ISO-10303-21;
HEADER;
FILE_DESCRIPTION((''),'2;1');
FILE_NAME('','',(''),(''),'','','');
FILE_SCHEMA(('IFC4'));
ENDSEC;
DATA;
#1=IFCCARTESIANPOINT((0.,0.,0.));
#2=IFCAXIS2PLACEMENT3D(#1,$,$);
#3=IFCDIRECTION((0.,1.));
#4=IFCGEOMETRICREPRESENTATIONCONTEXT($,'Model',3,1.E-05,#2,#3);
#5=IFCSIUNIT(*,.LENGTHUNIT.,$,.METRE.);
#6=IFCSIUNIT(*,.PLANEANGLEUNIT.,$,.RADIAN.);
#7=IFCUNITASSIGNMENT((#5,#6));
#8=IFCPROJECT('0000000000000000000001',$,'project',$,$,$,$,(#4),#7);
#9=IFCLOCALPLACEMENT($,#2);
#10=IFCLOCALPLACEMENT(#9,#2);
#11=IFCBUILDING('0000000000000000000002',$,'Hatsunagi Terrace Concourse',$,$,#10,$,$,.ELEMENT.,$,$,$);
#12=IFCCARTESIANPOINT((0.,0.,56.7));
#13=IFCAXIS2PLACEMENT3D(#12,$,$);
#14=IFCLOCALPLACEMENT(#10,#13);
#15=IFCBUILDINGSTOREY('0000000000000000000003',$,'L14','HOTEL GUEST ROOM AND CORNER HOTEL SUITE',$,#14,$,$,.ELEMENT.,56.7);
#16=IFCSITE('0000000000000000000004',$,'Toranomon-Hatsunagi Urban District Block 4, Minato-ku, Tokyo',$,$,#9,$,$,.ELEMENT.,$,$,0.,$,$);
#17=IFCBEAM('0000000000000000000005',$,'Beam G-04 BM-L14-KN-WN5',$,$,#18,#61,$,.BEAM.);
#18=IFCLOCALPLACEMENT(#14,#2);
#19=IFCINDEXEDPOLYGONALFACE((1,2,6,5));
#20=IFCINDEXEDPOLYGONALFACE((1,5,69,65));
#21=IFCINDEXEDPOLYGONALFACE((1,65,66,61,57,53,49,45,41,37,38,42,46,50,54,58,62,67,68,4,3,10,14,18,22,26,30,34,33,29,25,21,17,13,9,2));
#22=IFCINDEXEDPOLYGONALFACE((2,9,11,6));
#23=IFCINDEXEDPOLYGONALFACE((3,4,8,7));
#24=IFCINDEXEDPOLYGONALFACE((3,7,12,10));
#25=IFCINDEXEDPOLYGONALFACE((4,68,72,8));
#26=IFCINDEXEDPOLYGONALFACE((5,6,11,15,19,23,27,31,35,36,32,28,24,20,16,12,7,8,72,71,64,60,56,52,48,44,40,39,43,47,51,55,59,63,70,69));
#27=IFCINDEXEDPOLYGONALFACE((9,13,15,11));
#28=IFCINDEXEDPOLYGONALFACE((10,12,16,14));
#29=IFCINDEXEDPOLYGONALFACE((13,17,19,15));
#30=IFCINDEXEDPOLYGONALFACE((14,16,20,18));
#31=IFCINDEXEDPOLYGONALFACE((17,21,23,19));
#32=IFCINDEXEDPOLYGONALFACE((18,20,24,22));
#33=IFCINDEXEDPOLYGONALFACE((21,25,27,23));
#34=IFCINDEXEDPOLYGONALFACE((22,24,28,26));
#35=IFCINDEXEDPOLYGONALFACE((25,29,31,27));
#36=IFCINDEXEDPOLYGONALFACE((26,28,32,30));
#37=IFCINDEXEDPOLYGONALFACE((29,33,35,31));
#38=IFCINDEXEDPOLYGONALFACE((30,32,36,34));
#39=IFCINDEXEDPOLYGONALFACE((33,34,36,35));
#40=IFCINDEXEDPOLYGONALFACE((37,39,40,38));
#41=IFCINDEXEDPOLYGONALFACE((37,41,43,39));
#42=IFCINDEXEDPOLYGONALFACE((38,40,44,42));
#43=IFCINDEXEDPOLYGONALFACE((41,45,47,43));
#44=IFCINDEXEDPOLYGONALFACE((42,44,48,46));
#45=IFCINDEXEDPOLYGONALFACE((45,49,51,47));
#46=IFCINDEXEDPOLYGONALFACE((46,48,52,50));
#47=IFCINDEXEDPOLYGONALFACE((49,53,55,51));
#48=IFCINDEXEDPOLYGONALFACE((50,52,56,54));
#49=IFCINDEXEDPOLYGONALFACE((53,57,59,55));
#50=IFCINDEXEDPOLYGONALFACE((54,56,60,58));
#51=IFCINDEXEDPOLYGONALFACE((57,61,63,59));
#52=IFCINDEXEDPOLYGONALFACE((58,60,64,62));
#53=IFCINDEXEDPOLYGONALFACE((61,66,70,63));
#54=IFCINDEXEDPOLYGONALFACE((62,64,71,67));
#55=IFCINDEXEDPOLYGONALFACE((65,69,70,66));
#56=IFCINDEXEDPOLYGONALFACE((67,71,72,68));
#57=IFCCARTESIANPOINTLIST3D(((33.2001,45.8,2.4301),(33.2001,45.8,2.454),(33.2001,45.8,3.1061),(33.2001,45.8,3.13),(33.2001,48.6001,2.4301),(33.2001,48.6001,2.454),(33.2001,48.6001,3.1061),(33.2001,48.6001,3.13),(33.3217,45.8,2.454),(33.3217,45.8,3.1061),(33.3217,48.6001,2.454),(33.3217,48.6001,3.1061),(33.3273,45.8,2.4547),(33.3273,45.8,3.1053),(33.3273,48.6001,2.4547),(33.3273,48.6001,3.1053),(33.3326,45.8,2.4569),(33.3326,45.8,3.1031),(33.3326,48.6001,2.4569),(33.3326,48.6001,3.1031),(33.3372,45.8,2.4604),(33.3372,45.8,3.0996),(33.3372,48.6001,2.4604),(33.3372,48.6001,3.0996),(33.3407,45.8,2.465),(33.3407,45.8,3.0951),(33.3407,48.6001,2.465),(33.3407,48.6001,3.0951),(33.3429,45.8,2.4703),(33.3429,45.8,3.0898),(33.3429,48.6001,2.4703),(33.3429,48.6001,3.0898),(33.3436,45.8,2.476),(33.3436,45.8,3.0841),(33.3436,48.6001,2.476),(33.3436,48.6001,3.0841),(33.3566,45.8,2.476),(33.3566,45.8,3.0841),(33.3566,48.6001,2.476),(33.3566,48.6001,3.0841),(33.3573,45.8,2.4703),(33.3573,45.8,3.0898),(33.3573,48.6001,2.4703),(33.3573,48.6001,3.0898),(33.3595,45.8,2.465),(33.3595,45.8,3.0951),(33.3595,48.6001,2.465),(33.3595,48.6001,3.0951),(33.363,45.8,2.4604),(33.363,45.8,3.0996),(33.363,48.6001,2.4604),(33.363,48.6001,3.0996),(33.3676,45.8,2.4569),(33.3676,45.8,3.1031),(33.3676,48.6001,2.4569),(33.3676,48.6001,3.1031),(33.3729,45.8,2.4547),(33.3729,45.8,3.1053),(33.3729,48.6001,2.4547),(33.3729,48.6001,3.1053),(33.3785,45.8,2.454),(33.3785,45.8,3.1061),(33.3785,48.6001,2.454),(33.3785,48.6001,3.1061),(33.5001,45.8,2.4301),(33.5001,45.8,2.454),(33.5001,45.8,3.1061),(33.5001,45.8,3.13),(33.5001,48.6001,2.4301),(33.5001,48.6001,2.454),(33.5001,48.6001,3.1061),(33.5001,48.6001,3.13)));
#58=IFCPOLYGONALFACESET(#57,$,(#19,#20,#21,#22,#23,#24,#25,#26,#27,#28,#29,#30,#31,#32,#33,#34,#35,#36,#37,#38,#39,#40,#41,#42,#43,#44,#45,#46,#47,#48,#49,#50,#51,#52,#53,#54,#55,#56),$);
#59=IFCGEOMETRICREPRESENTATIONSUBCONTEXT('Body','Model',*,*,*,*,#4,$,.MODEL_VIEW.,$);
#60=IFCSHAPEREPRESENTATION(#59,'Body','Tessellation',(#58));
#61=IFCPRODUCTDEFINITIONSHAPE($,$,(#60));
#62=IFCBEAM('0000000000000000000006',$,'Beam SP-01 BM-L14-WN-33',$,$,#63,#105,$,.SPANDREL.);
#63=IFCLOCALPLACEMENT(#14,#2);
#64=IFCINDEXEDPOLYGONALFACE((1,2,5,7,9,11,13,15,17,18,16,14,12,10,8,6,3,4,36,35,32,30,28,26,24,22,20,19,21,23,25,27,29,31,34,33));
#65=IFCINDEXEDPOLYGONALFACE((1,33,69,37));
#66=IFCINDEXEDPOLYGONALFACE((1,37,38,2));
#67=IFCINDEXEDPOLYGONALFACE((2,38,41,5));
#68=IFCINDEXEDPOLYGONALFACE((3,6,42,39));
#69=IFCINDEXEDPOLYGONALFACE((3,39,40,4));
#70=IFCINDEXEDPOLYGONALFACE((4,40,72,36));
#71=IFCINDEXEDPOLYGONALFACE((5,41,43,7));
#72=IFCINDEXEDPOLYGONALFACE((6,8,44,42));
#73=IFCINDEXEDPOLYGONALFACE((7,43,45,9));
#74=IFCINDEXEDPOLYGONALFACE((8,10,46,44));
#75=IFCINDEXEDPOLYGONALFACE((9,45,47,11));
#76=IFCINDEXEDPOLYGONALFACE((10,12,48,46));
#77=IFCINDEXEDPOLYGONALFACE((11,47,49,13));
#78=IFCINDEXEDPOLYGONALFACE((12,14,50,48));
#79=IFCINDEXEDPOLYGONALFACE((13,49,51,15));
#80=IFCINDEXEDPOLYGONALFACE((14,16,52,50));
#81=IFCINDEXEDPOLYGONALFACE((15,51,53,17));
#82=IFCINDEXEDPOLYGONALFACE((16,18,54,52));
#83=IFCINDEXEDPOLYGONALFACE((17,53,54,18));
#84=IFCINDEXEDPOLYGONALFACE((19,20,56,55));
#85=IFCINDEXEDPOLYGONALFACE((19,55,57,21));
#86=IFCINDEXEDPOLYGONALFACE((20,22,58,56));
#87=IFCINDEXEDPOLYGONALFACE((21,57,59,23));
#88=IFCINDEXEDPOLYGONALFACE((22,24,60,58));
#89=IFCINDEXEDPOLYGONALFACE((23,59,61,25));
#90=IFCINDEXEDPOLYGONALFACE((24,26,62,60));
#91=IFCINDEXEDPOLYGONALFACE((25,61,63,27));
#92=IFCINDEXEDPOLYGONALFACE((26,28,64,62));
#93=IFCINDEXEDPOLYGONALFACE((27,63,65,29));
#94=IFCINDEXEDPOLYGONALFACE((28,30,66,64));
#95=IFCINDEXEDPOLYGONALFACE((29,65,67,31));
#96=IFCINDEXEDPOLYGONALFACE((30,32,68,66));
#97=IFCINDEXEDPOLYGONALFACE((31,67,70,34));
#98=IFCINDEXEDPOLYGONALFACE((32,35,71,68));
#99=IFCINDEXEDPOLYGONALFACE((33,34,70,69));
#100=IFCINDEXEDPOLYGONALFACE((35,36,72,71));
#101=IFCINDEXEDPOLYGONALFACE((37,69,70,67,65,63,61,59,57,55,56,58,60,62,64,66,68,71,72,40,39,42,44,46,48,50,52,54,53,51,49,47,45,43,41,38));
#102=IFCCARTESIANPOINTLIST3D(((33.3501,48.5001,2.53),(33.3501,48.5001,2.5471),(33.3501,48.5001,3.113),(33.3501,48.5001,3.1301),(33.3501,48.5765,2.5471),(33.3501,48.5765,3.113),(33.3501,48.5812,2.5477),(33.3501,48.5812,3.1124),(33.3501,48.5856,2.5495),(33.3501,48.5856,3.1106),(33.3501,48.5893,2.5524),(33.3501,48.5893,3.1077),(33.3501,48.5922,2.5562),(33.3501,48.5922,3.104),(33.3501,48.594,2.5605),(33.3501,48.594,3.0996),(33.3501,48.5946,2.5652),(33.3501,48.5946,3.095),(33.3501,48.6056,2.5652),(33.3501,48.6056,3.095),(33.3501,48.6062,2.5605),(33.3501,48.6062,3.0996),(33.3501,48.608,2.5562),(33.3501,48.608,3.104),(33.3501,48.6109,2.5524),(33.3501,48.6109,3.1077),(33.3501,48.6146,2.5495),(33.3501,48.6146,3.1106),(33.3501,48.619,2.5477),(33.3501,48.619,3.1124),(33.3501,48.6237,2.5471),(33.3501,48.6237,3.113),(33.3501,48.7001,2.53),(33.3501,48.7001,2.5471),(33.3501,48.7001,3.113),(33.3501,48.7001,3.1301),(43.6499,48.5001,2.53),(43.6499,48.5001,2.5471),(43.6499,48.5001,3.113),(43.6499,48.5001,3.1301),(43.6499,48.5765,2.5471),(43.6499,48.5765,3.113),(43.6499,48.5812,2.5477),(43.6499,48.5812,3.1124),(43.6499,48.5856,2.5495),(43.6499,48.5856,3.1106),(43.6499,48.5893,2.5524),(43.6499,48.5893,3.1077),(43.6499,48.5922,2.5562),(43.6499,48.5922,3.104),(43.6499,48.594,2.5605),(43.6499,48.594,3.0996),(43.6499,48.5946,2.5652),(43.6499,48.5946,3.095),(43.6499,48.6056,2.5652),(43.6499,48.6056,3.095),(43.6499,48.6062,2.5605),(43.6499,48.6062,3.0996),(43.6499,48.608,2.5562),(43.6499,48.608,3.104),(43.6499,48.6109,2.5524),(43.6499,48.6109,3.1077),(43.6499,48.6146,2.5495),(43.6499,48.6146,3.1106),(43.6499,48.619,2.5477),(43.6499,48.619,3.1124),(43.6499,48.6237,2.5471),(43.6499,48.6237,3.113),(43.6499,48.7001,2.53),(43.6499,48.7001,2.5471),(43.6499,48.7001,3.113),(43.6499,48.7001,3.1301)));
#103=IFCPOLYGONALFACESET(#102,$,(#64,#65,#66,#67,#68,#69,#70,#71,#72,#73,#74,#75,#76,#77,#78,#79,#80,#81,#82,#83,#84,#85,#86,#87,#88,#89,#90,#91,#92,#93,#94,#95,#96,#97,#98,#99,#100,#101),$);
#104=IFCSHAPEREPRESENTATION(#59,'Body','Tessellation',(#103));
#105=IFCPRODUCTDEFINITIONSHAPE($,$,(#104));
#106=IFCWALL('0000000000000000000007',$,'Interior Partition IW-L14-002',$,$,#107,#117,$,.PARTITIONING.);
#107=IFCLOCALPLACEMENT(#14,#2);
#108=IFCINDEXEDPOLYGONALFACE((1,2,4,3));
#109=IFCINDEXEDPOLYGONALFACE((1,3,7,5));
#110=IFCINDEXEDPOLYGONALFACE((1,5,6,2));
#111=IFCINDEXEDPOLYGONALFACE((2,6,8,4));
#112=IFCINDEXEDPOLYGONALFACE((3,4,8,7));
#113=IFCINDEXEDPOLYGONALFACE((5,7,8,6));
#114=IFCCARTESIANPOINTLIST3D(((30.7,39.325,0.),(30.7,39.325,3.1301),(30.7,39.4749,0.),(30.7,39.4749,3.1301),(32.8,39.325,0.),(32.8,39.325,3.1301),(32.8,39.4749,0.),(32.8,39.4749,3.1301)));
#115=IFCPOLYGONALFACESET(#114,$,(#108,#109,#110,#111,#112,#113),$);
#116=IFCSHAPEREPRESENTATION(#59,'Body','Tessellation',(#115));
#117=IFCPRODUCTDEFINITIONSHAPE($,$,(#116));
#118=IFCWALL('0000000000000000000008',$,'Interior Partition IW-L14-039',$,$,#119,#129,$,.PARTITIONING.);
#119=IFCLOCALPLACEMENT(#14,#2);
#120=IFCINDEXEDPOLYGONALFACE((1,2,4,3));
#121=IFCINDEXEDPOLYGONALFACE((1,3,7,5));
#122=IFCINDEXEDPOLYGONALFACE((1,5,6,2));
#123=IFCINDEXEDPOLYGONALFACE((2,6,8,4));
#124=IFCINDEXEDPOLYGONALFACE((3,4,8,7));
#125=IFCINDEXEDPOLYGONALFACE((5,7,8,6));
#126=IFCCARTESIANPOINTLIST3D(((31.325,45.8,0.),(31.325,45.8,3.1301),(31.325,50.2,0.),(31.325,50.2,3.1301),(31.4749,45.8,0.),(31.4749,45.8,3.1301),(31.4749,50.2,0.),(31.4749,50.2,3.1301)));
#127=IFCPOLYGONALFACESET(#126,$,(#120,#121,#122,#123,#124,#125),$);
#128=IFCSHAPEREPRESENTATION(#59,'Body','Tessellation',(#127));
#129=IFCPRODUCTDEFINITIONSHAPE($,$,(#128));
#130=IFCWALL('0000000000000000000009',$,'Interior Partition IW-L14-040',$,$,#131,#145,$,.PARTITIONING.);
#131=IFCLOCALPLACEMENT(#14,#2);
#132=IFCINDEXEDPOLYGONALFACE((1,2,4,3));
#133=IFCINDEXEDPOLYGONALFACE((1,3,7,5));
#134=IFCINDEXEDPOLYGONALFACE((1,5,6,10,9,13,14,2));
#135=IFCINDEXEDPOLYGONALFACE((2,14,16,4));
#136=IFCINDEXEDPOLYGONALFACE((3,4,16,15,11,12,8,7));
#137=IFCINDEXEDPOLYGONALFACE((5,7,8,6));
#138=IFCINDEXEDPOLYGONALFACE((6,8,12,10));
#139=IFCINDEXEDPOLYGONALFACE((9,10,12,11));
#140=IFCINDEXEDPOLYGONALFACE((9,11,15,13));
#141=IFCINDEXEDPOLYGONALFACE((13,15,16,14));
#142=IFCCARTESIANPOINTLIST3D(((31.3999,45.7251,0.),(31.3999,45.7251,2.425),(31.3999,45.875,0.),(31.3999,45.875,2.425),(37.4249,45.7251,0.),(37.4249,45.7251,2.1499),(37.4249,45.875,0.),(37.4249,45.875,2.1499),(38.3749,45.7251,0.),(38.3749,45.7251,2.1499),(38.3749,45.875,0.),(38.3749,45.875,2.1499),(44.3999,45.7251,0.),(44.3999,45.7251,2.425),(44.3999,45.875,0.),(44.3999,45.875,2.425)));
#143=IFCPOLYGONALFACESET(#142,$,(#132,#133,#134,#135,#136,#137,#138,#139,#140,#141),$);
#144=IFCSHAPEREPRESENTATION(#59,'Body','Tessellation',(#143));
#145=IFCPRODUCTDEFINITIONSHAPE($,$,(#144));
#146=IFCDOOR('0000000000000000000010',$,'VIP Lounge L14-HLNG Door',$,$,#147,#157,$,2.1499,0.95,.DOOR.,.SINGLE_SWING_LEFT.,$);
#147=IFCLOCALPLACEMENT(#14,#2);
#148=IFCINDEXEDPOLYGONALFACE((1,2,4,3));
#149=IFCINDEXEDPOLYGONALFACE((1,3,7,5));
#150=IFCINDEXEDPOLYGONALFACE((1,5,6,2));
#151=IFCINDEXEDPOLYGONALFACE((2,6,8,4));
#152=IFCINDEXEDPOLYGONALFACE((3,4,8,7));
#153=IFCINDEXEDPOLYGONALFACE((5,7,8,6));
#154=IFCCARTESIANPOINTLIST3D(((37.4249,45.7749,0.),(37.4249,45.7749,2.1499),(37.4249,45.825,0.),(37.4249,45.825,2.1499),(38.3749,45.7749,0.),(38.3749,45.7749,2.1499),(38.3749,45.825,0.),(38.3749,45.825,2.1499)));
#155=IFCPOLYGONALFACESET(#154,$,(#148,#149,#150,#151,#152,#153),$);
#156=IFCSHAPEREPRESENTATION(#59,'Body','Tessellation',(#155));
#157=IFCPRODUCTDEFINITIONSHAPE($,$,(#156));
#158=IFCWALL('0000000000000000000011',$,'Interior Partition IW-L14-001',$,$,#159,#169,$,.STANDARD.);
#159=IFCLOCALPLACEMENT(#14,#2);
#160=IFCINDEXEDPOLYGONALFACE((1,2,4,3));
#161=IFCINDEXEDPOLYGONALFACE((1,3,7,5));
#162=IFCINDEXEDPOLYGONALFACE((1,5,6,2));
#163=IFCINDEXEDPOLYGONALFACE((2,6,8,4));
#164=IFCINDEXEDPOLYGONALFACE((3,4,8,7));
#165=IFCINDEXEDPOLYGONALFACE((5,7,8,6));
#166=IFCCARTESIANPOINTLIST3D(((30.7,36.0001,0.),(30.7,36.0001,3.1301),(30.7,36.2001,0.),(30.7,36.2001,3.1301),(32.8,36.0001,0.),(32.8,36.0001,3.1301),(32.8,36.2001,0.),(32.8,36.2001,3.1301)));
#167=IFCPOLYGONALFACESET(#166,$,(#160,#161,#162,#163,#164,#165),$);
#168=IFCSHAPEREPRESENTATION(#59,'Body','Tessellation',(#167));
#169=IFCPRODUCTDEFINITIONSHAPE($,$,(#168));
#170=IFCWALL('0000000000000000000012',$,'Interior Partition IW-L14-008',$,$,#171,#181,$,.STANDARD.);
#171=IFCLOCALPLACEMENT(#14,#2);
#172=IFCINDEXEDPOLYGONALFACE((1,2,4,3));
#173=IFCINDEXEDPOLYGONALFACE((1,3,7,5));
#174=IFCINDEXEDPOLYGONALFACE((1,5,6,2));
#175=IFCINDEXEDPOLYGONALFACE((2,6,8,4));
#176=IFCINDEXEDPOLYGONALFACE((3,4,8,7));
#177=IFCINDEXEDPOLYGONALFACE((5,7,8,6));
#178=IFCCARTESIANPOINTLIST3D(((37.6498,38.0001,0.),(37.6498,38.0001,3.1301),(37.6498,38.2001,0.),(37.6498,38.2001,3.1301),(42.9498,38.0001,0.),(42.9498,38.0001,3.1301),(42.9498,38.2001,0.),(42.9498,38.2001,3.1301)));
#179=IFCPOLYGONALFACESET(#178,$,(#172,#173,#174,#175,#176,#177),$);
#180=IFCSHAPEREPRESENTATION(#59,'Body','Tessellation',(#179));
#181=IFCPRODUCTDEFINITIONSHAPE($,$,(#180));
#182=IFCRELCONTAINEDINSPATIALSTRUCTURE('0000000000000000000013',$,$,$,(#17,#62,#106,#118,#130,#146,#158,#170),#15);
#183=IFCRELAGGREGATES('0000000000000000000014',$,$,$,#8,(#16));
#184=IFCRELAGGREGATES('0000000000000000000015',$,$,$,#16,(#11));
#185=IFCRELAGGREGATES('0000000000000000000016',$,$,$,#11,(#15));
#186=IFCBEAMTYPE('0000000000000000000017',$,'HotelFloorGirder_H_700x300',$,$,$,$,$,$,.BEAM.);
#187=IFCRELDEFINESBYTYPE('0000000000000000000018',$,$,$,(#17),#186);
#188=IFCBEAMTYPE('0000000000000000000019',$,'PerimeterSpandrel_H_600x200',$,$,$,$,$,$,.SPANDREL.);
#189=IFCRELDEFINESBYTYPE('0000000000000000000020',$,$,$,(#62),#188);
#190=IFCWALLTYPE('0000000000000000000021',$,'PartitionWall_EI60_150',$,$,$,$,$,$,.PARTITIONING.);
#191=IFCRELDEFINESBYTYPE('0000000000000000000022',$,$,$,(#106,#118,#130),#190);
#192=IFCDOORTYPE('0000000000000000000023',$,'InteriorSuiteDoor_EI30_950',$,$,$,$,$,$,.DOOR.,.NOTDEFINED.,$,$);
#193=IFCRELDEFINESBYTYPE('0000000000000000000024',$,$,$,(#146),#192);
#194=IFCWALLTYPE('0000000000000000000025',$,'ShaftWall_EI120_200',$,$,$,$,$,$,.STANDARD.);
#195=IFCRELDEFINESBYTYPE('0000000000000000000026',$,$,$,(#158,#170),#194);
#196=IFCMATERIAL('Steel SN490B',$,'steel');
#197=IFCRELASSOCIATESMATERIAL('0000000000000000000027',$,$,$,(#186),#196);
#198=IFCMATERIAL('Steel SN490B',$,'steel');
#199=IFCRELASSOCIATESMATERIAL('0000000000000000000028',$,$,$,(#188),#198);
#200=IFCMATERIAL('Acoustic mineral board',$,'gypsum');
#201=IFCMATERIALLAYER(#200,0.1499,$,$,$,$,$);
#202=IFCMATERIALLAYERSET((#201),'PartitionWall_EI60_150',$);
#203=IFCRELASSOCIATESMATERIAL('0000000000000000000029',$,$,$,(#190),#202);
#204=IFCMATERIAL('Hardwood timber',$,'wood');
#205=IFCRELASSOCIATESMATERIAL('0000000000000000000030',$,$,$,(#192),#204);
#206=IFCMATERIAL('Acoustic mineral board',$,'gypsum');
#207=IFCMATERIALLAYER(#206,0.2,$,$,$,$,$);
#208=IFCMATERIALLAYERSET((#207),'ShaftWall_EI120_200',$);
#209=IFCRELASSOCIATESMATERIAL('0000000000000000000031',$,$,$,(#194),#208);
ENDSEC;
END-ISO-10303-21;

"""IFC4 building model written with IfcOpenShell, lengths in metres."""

from ifc_helpers import new_model, si_unit, direction, frame, frame_2d, origin, origin_2d, place, context, subcontext, project, spatial, rectangle, i_section, extrude, material, layer, layer_set, material_profile, profile_set, type_object, element, fill, save


model = new_model("IFC4")

# Units and contexts
model_context = context("Model", 3, precision=1e-05, world=origin(), true_north=direction((0.0, 1.0)))
body_context = subcontext(model_context, "Body", "Model", "MODEL_VIEW")
ifc_project = project(units=[si_unit("LENGTHUNIT", "METRE"), si_unit("PLANEANGLEUNIT", "RADIAN")], contexts=[model_context])

# Site, building, storey
site_placement = place(None, origin())
site = spatial("IfcSite", under=ifc_project, at=site_placement, Name="Toranomon-Hatsunagi Urban District Block 4, Minato-ku, Tokyo", CompositionType="ELEMENT", RefElevation=0.0)
building_placement = place(site_placement, origin())
building = spatial("IfcBuilding", under=site, at=building_placement, Name="Hatsunagi Terrace Concourse", CompositionType="ELEMENT")
storey_placement = place(building_placement, frame((0.0, 0.0, 56.7)))
storey = spatial("IfcBuildingStorey", under=building, at=storey_placement, Name="L14", Description="HOTEL GUEST ROOM AND CORNER HOTEL SUITE", CompositionType="ELEMENT", Elevation=56.7)

# Beams
ifc_material_1 = material(Name="Steel SN490B", Category="steel")
ifc_material_profile_1 = material_profile(ifc_material_1, i_section(OverallWidth=0.3, OverallDepth=0.7, WebThickness=0.0129, FlangeThickness=0.0239, FilletRadius=0.022, at=origin_2d()), Name="H-700x300x13x24")
ifc_profile_set_1 = profile_set([ifc_material_profile_1], Name="Steel SN490B")
beam_type_1 = type_object("IfcBeamType", Name="HotelFloorGirder_H_700x300", PredefinedType="BEAM", material=ifc_profile_set_1)
beam_1_placement = place(storey_placement, frame((33.3501, 45.8, 2.78), z_axis=(0.0, 1.0, 0.0), x_axis=(-1.0, 0.0, 0.0)))
element("IfcBeam", 1, at=beam_1_placement, inside=storey, type_object=beam_type_1, Name="Beam G-04 BM-L14-KN-WN5", PredefinedType="BEAM", context=body_context, shape_type="SweptSolid", body=[
    extrude(i_section(OverallWidth=0.3, OverallDepth=0.7, WebThickness=0.0129, FlangeThickness=0.0239, FilletRadius=0.022, at=origin_2d()), origin(), (0.0, 0.0, 1.0), 2.8),
])
ifc_material_2 = material(Name="Steel SN490B", Category="steel")
ifc_material_profile_2 = material_profile(ifc_material_2, i_section(OverallWidth=0.2, OverallDepth=0.6001, WebThickness=0.011, FlangeThickness=0.0171, FilletRadius=0.0181, at=origin_2d()), Name="H-600x200x11x17")
ifc_profile_set_2 = profile_set([ifc_material_profile_2], Name="Steel SN490B")
beam_type_2 = type_object("IfcBeamType", Name="PerimeterSpandrel_H_600x200", PredefinedType="SPANDREL", material=ifc_profile_set_2)
beam_2_placement = place(storey_placement, frame((33.3501, 48.6001, 2.8301), z_axis=(1.0, 0.0, 0.0), x_axis=(0.0, 1.0, 0.0)))
element("IfcBeam", 2, at=beam_2_placement, inside=storey, type_object=beam_type_2, Name="Beam SP-01 BM-L14-WN-33", PredefinedType="SPANDREL", context=body_context, shape_type="SweptSolid", body=[
    extrude(i_section(OverallWidth=0.2, OverallDepth=0.6001, WebThickness=0.011, FlangeThickness=0.0171, FilletRadius=0.0181, at=origin_2d()), origin(), (0.0, 0.0, 1.0), 10.2998),
])

# Walls
ifc_material_3 = material(Name="Acoustic mineral board", Category="gypsum")
ifc_layer_1 = layer(ifc_material_3, 0.1499)
ifc_layer_set_1 = layer_set([ifc_layer_1], Name="PartitionWall_EI60_150")
wall_type_1 = type_object("IfcWallType", Name="PartitionWall_EI60_150", PredefinedType="PARTITIONING", material=ifc_layer_set_1)
wall_1_placement = place(storey_placement, frame((30.7, 39.3999, 0.0), z_axis=(0.0, 0.0, 1.0), x_axis=(1.0, 0.0, 0.0)))
element("IfcWall", 3, at=wall_1_placement, inside=storey, type_object=wall_type_1, Name="Interior Partition IW-L14-002", PredefinedType="PARTITIONING", context=body_context, shape_type="SweptSolid", body=[
    extrude(rectangle(XDim=2.1001, YDim=0.1499, at=frame_2d((1.05, 0.0))), origin(), (0.0, 0.0, 1.0), 3.1301),
])
wall_2_placement = place(storey_placement, frame((31.3999, 45.8, 0.0), z_axis=(0.0, 0.0, 1.0), x_axis=(0.0, 1.0, 0.0)))
element("IfcWall", 4, at=wall_2_placement, inside=storey, type_object=wall_type_1, Name="Interior Partition IW-L14-039", PredefinedType="PARTITIONING", context=body_context, shape_type="SweptSolid", body=[
    extrude(rectangle(XDim=4.3999, YDim=0.1499, at=frame_2d((2.2, 0.0))), origin(), (0.0, 0.0, 1.0), 3.1301),
])

# Wall, opening, door
wall_3_placement = place(storey_placement, frame((31.3999, 45.8, 0.0), z_axis=(0.0, 0.0, 1.0), x_axis=(1.0, 0.0, 0.0)))
wall_3 = element("IfcWall", 5, at=wall_3_placement, inside=storey, type_object=wall_type_1, Name="Interior Partition IW-L14-040", PredefinedType="PARTITIONING", context=body_context, shape_type="SweptSolid", body=[
    extrude(rectangle(XDim=13.0, YDim=0.1499, at=frame_2d((6.5, 0.0))), origin(), (0.0, 0.0, 1.0), 2.425),
])
opening_1_placement = place(wall_3_placement, frame((6.0249, 0.0, 0.0)))
opening_1 = element("IfcOpeningElement", 6, at=opening_1_placement, cuts=wall_3, PredefinedType="OPENING", context=body_context, shape_type="SweptSolid", body=[
    extrude(rectangle(XDim=0.95, YDim=2.1499, at=frame_2d((0.4751, 1.075))), frame((0.0, 0.085, 0.0), z_axis=(0.0, -1.0, 0.0), x_axis=(1.0, 0.0, 0.0)), (0.0, 0.0, 1.0), 0.1699),
])
ifc_material_4 = material(Name="Hardwood timber", Category="wood")
door_type_1 = type_object("IfcDoorType", Name="InteriorSuiteDoor_EI30_950", OperationType="NOTDEFINED", PredefinedType="DOOR", material=ifc_material_4)
door_1_placement = place(opening_1_placement, origin())
door_1 = element("IfcDoor", 7, at=door_1_placement, inside=storey, type_object=door_type_1, Name="VIP Lounge L14-HLNG Door", OperationType="SINGLE_SWING_LEFT", OverallHeight=2.1499, OverallWidth=0.95, PredefinedType="DOOR", context=body_context, shape_type="SweptSolid", body=[
    extrude(rectangle(XDim=0.95, YDim=2.1499, at=frame_2d((0.4751, 1.075))), frame((0.0, 0.0249, 0.0), z_axis=(0.0, -1.0, 0.0), x_axis=(1.0, 0.0, 0.0)), (0.0, 0.0, 1.0), 0.05),
])
fill(opening_1, door_1)

# Walls
ifc_material_5 = material(Name="Acoustic mineral board", Category="gypsum")
ifc_layer_2 = layer(ifc_material_5, 0.2)
ifc_layer_set_2 = layer_set([ifc_layer_2], Name="ShaftWall_EI120_200")
wall_type_2 = type_object("IfcWallType", Name="ShaftWall_EI120_200", PredefinedType="STANDARD", material=ifc_layer_set_2)
wall_4_placement = place(storey_placement, frame((30.7, 36.1001, 0.0), z_axis=(0.0, 0.0, 1.0), x_axis=(1.0, 0.0, 0.0)))
element("IfcWall", 8, at=wall_4_placement, inside=storey, type_object=wall_type_2, Name="Interior Partition IW-L14-001", PredefinedType="STANDARD", context=body_context, shape_type="SweptSolid", body=[
    extrude(rectangle(XDim=2.1001, YDim=0.2, at=frame_2d((1.05, 0.0))), origin(), (0.0, 0.0, 1.0), 3.1301),
])
wall_5_placement = place(storey_placement, frame((37.6499, 38.1001, 0.0), z_axis=(0.0, 0.0, 1.0), x_axis=(1.0, 0.0, 0.0)))
element("IfcWall", 9, at=wall_5_placement, inside=storey, type_object=wall_type_2, Name="Interior Partition IW-L14-008", PredefinedType="STANDARD", context=body_context, shape_type="SweptSolid", body=[
    extrude(rectangle(XDim=5.3, YDim=0.2, at=frame_2d((2.6499, 0.0))), origin(), (0.0, 0.0, 1.0), 3.1301),
])

save(model, "model.ifc")
